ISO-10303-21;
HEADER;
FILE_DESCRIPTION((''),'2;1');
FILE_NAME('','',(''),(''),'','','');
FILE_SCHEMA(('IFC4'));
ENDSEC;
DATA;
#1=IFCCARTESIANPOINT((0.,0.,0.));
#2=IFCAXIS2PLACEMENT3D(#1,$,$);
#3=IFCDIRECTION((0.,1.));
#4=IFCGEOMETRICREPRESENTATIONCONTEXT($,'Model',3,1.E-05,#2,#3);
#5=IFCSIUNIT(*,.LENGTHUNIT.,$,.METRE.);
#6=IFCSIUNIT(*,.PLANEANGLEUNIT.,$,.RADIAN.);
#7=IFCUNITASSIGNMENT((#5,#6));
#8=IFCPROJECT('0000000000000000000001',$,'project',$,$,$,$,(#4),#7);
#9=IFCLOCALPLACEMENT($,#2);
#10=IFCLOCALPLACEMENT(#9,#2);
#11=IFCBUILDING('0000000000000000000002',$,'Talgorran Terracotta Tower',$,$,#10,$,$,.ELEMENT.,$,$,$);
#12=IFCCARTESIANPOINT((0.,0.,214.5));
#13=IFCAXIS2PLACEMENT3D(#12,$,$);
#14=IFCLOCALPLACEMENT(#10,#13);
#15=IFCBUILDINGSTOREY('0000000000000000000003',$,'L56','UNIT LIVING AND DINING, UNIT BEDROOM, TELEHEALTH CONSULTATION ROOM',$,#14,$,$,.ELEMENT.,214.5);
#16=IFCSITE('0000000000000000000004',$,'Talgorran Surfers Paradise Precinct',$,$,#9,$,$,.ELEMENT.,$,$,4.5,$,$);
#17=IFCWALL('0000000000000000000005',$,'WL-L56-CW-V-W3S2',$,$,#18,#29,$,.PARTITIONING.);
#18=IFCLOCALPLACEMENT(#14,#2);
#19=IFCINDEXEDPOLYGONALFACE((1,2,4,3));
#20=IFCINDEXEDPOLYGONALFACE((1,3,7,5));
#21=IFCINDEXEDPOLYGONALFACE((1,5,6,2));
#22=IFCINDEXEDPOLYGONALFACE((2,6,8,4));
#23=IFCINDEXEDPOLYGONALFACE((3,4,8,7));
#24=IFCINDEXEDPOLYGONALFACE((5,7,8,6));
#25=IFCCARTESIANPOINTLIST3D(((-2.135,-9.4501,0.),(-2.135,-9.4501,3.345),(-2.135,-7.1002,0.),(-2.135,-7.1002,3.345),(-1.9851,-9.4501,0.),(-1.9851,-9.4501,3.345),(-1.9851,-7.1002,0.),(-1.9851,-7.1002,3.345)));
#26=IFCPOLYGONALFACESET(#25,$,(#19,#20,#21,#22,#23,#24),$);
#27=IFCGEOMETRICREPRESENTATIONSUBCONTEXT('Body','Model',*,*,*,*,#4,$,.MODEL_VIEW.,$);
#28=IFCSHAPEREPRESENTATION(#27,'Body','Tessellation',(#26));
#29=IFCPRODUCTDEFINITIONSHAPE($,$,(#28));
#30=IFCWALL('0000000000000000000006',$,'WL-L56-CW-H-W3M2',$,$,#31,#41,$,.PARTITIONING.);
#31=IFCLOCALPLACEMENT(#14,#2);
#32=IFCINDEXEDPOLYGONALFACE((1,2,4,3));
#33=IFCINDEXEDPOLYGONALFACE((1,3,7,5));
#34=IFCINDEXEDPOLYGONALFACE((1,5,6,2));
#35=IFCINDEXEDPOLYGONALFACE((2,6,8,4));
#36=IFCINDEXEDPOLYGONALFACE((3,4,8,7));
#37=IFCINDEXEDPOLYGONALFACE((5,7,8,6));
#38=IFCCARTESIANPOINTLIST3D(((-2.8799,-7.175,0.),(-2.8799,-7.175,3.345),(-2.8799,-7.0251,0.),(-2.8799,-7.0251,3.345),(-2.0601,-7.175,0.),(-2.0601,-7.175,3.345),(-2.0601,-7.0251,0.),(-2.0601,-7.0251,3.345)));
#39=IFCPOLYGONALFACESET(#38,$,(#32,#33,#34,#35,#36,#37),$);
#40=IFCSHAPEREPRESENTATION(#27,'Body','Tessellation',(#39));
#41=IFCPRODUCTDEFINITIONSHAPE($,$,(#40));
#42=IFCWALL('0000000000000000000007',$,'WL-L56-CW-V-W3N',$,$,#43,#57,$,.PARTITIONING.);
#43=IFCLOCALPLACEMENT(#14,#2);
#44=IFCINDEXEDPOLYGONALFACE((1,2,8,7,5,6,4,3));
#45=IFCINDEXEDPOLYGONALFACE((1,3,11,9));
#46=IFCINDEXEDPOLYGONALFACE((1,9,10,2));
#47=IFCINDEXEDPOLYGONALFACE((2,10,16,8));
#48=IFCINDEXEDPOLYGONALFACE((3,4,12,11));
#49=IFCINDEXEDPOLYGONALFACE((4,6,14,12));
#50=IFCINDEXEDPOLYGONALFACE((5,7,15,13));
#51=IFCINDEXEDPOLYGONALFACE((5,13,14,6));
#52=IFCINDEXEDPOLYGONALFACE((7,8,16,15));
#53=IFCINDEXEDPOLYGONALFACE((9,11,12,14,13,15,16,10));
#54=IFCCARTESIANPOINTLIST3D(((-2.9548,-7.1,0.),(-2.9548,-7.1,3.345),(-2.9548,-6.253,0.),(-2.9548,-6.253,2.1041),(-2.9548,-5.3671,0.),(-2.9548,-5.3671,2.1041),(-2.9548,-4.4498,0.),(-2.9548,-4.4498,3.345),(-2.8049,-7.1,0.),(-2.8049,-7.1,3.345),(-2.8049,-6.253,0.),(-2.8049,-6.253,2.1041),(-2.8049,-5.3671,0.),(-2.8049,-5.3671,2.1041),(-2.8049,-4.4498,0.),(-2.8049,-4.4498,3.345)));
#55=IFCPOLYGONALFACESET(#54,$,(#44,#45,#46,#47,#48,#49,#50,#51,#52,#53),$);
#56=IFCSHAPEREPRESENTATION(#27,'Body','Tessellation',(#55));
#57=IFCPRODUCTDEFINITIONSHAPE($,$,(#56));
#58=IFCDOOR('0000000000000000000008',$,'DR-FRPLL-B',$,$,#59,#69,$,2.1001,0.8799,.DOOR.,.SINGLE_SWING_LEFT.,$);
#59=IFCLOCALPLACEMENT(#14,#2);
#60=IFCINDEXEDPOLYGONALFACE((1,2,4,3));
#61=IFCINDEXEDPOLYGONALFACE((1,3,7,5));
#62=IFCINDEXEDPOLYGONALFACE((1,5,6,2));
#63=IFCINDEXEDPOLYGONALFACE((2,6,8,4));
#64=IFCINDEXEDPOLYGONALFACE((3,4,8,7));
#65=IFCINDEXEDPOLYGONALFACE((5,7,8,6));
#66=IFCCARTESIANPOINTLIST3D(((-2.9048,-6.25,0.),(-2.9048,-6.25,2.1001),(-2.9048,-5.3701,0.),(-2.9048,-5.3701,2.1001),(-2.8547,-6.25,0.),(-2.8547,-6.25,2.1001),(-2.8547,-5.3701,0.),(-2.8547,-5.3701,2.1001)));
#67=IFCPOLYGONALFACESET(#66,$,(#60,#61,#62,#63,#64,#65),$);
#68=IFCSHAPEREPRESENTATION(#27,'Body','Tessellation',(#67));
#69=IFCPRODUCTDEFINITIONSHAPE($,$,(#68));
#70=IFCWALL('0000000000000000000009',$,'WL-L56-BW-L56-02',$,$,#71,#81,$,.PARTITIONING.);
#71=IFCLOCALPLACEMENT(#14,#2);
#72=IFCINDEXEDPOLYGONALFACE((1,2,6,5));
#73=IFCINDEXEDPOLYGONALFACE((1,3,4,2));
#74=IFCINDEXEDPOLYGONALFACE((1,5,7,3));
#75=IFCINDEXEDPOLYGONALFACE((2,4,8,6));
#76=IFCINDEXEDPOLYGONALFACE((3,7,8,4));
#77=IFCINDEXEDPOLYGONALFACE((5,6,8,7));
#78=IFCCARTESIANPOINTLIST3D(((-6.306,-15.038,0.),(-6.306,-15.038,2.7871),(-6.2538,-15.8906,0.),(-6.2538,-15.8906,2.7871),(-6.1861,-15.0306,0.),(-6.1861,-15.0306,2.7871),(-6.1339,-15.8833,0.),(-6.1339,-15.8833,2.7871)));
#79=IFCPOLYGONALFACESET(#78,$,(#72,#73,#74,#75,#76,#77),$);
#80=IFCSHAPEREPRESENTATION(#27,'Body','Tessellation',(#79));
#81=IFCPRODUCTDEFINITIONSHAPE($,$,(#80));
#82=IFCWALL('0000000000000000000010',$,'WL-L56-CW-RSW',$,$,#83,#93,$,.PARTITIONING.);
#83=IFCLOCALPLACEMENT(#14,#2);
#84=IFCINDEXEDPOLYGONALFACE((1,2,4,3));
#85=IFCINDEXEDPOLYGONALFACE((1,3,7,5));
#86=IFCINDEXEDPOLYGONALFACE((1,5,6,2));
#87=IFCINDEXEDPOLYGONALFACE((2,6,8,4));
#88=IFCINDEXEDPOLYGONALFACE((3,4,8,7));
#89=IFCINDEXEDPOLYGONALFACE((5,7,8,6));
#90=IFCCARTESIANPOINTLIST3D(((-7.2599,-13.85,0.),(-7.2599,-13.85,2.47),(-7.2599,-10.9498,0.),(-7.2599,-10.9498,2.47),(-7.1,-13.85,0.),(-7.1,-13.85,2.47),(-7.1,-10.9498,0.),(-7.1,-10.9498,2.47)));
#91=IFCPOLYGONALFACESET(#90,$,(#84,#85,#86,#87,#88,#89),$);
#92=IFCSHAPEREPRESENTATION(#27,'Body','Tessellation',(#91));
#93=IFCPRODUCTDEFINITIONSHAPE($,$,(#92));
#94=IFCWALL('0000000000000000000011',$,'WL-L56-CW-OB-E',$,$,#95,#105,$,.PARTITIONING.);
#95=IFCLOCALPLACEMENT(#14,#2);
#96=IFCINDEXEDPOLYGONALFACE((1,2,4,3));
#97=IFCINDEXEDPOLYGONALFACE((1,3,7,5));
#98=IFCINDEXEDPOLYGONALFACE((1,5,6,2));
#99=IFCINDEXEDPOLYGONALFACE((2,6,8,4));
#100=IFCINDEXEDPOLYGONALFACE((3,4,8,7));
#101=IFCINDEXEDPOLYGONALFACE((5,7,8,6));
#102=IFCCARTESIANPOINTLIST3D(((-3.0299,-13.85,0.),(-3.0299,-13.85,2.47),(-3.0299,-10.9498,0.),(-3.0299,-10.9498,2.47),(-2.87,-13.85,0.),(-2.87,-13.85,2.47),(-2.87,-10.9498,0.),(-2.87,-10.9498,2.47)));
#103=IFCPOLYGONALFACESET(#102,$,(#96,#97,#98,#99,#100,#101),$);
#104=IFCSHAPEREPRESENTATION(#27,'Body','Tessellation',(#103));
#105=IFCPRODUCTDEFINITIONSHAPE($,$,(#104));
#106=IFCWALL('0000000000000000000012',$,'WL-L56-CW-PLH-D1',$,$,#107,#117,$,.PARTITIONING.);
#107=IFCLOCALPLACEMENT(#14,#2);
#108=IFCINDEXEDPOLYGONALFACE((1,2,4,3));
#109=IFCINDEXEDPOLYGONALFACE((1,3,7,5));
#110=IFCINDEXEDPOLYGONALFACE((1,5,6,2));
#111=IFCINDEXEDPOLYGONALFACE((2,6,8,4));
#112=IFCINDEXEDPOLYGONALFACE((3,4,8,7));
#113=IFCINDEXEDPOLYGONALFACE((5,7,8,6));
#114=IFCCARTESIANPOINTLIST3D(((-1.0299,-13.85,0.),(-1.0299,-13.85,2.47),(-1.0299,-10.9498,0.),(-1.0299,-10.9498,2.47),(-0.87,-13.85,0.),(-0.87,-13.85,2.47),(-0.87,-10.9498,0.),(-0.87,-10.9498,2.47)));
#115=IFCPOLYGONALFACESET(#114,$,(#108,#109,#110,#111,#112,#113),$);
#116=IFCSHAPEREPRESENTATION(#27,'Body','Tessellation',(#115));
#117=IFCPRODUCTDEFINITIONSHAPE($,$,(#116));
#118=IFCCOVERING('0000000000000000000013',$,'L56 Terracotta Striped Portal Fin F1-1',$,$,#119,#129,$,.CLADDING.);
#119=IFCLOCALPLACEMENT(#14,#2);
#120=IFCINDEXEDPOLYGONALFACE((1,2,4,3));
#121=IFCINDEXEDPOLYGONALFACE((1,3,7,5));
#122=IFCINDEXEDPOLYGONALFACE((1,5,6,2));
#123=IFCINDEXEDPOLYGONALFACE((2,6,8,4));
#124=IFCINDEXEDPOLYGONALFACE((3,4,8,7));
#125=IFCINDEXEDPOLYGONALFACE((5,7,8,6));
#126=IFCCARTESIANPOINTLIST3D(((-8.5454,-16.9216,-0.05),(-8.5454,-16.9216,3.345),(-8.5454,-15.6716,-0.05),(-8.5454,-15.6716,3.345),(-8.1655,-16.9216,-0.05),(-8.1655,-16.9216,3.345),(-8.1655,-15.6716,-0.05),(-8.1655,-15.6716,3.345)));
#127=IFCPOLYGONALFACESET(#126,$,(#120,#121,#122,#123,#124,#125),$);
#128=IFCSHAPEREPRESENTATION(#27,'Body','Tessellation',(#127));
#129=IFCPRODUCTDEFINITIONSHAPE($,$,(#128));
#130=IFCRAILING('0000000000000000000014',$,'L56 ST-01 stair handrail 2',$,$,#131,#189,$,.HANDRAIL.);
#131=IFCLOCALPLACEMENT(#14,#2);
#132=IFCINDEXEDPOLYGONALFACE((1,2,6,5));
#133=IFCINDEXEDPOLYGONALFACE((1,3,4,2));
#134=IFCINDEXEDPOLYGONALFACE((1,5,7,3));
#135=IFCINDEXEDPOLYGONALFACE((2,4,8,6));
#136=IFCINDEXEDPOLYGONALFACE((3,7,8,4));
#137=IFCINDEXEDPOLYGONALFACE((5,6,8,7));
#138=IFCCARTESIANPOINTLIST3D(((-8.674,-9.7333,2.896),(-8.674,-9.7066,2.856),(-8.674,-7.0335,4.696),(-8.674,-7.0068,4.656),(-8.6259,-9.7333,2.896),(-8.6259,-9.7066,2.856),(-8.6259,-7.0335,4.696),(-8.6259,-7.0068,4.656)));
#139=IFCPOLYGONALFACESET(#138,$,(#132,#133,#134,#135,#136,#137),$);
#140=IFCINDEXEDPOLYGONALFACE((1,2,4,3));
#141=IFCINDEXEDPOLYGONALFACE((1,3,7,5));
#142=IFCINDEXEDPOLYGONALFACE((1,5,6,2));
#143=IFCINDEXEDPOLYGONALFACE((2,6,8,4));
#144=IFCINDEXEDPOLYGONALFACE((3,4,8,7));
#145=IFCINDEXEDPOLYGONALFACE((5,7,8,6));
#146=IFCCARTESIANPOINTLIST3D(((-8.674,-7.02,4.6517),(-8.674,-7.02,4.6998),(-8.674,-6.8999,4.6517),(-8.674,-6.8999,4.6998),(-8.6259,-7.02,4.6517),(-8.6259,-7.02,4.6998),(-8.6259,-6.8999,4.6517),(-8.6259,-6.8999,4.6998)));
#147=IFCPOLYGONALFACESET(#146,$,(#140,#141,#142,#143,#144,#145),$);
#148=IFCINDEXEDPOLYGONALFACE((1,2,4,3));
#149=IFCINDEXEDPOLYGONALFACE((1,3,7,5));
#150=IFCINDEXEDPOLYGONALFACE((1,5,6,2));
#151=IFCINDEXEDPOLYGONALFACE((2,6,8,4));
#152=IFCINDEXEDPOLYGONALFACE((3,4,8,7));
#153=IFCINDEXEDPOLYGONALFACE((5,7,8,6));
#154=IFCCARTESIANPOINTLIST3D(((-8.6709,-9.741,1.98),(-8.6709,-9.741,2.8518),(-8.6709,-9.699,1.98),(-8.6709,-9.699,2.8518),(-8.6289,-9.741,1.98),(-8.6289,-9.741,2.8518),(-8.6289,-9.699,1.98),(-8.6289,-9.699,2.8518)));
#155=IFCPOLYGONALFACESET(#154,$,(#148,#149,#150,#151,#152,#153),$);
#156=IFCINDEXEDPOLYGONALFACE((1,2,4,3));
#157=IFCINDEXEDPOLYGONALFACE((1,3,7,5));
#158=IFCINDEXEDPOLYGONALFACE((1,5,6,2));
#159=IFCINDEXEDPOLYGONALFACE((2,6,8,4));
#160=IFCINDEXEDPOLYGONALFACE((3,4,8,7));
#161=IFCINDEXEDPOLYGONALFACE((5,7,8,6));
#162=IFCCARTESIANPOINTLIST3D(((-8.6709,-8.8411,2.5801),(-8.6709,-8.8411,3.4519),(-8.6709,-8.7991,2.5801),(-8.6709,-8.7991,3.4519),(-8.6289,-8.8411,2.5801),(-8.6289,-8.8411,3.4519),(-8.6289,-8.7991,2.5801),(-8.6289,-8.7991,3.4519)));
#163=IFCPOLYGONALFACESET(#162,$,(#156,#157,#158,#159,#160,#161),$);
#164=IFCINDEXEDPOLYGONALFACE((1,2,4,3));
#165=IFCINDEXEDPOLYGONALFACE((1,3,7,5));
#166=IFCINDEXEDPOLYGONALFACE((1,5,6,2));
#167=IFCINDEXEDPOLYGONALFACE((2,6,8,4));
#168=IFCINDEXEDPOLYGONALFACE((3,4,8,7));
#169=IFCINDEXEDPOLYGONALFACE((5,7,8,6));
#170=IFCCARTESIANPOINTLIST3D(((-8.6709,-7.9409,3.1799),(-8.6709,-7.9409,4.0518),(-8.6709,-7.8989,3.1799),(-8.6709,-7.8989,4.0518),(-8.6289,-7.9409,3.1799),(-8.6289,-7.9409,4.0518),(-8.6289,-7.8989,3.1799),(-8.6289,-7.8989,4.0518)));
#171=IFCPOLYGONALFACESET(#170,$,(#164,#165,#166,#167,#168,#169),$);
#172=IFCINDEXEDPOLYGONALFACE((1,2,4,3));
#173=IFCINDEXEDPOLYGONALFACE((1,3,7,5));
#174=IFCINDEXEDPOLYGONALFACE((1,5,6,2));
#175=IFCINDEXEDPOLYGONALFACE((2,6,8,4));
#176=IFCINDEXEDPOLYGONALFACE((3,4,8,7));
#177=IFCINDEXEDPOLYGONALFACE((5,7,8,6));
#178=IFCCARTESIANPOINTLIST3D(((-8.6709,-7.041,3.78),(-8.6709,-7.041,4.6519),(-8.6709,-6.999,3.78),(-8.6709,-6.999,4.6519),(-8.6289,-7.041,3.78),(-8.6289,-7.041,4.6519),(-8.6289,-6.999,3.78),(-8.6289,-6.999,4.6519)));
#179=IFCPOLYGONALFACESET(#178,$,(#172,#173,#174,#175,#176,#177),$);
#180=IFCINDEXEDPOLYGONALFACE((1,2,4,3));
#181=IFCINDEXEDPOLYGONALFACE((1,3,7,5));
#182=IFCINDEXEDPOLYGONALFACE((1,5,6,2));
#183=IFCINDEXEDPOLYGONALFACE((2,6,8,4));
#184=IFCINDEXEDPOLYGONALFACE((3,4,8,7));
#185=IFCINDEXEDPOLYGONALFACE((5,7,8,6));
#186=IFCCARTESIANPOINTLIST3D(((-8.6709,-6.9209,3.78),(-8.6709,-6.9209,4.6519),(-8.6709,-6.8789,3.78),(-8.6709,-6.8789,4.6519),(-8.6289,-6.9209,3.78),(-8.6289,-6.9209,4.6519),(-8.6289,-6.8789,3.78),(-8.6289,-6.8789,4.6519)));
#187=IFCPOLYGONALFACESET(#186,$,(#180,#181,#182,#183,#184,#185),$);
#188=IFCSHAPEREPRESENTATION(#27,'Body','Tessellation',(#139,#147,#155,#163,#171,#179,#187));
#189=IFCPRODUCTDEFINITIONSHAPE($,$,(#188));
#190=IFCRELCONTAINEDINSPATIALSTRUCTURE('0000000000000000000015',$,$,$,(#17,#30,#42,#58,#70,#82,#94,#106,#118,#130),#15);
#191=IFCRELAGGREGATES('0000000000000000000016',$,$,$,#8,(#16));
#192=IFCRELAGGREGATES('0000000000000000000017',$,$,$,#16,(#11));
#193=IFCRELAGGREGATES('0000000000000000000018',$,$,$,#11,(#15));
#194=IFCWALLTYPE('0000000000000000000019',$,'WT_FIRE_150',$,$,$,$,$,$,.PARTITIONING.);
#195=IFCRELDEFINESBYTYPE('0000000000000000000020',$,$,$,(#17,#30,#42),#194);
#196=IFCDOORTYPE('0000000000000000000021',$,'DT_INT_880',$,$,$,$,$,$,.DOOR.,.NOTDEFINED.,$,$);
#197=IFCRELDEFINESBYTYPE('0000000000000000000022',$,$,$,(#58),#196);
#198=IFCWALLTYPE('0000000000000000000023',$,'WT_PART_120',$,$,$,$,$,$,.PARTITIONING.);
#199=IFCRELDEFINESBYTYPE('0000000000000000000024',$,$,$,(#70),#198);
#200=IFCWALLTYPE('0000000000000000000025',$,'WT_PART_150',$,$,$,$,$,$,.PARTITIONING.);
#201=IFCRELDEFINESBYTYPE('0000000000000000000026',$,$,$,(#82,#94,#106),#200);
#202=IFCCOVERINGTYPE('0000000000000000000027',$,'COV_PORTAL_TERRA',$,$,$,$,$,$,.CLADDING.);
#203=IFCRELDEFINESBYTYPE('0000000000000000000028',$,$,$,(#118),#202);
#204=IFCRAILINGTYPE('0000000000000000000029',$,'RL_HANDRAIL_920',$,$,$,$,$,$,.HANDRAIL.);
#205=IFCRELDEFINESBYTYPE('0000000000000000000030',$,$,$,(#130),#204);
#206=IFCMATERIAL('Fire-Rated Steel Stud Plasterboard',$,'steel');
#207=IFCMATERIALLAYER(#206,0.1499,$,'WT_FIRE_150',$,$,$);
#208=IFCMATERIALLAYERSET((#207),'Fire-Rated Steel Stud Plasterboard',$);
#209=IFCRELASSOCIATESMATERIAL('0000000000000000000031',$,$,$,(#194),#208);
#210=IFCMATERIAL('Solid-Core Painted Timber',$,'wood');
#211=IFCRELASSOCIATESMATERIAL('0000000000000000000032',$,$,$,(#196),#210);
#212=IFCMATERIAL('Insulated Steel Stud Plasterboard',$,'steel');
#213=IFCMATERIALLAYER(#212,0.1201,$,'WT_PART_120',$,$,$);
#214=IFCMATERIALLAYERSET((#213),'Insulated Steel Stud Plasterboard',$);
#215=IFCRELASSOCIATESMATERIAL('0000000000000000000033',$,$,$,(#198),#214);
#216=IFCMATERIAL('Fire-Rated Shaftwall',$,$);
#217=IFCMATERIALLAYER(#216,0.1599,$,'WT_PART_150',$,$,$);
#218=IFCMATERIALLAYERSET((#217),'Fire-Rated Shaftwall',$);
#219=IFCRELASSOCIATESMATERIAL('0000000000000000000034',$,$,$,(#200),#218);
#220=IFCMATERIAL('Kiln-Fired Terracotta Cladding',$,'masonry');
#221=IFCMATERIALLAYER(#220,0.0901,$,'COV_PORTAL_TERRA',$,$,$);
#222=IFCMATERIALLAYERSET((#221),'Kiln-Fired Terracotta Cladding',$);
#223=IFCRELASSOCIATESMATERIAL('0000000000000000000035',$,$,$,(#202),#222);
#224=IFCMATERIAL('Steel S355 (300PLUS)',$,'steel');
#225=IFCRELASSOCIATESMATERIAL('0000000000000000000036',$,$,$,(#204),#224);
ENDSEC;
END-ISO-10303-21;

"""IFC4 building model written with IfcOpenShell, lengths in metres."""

from ifc_helpers import new_model, si_unit, direction, frame, frame_2d, origin, origin_2d, place, context, subcontext, project, spatial, rectangle, extrude, material, layer, layer_set, type_object, element, fill, save


model = new_model("IFC4")

# Units and contexts
model_context = context("Model", 3, precision=1e-05, world=origin(), true_north=direction((0.0, 1.0)))
body_context = subcontext(model_context, "Body", "Model", "MODEL_VIEW")
ifc_project = project(units=[si_unit("LENGTHUNIT", "METRE"), si_unit("PLANEANGLEUNIT", "RADIAN")], contexts=[model_context])

# Site, building, storey
site_placement = place(None, origin())
site = spatial("IfcSite", under=ifc_project, at=site_placement, Name="Talgorran Surfers Paradise Precinct", CompositionType="ELEMENT", RefElevation=4.5)
building_placement = place(site_placement, origin())
building = spatial("IfcBuilding", under=site, at=building_placement, Name="Talgorran Terracotta Tower", CompositionType="ELEMENT")
storey_placement = place(building_placement, frame((0.0, 0.0, 214.5)))
storey = spatial("IfcBuildingStorey", under=building, at=storey_placement, Name="L56", Description="UNIT LIVING AND DINING, UNIT BEDROOM, TELEHEALTH CONSULTATION ROOM", CompositionType="ELEMENT", Elevation=214.5)

# Walls
ifc_material_1 = material(Name="Fire-Rated Steel Stud Plasterboard", Category="steel")
ifc_layer_1 = layer(ifc_material_1, 0.1499, Name="WT_FIRE_150")
ifc_layer_set_1 = layer_set([ifc_layer_1], Name="Fire-Rated Steel Stud Plasterboard")
wall_type_1 = type_object("IfcWallType", Name="WT_FIRE_150", PredefinedType="PARTITIONING", material=ifc_layer_set_1)
wall_1_placement = place(storey_placement, frame((-2.0601, -9.45, 0.0), z_axis=(0.0, 0.0, 1.0), x_axis=(0.0, 1.0, 0.0)))
element("IfcWall", 1, at=wall_1_placement, inside=storey, type_object=wall_type_1, Name="WL-L56-CW-V-W3S2", PredefinedType="PARTITIONING", context=body_context, shape_type="SweptSolid", body=[
    extrude(rectangle(XDim=2.3499, YDim=0.1499, at=frame_2d((1.1748, 0.0))), origin(), (0.0, 0.0, 1.0), 3.345),
])
wall_2_placement = place(storey_placement, frame((-2.8799, -7.1001, 0.0), z_axis=(0.0, 0.0, 1.0), x_axis=(1.0, 0.0, 0.0)))
element("IfcWall", 2, at=wall_2_placement, inside=storey, type_object=wall_type_1, Name="WL-L56-CW-H-W3M2", PredefinedType="PARTITIONING", context=body_context, shape_type="SweptSolid", body=[
    extrude(rectangle(XDim=0.8198, YDim=0.1499, at=frame_2d((0.4099, 0.0))), origin(), (0.0, 0.0, 1.0), 3.345),
])

# Wall, opening, door
wall_3_placement = place(storey_placement, frame((-2.8799, -7.1001, 0.0), z_axis=(0.0, 0.0, 1.0), x_axis=(0.0, 1.0, 0.0)))
wall_3 = element("IfcWall", 3, at=wall_3_placement, inside=storey, type_object=wall_type_1, Name="WL-L56-CW-V-W3N", PredefinedType="PARTITIONING", context=body_context, shape_type="SweptSolid", body=[
    extrude(rectangle(XDim=2.6501, YDim=0.1499, at=frame_2d((1.3252, 0.0))), origin(), (0.0, 0.0, 1.0), 3.345),
])
opening_1_placement = place(wall_3_placement, frame((0.8501, 0.0, 0.0)))
opening_1 = element("IfcOpeningElement", 4, at=opening_1_placement, cuts=wall_3, PredefinedType="OPENING", context=body_context, shape_type="SweptSolid", body=[
    extrude(rectangle(XDim=0.8859, YDim=2.1041, at=frame_2d((0.4399, 1.052))), frame((0.0, 0.085, 0.0), z_axis=(0.0, -1.0, 0.0), x_axis=(1.0, 0.0, 0.0)), (0.0, 0.0, 1.0), 0.1699),
])
ifc_material_2 = material(Name="Solid-Core Painted Timber", Category="wood")
door_type_1 = type_object("IfcDoorType", Name="DT_INT_880", OperationType="NOTDEFINED", PredefinedType="DOOR", material=ifc_material_2)
door_1_placement = place(opening_1_placement, origin())
door_1 = element("IfcDoor", 5, at=door_1_placement, inside=storey, type_object=door_type_1, Name="DR-FRPLL-B", OperationType="SINGLE_SWING_LEFT", OverallHeight=2.1001, OverallWidth=0.8799, PredefinedType="DOOR", context=body_context, shape_type="SweptSolid", body=[
    extrude(rectangle(XDim=0.8799, YDim=2.1001, at=frame_2d((0.4399, 1.05))), frame((0.0, 0.0249, 0.0), z_axis=(0.0, -1.0, 0.0), x_axis=(1.0, 0.0, 0.0)), (0.0, 0.0, 1.0), 0.05),
])
fill(opening_1, door_1)

# Walls
ifc_material_3 = material(Name="Insulated Steel Stud Plasterboard", Category="steel")
ifc_layer_2 = layer(ifc_material_3, 0.1201, Name="WT_PART_120")
ifc_layer_set_2 = layer_set([ifc_layer_2], Name="Insulated Steel Stud Plasterboard")
wall_type_2 = type_object("IfcWallType", Name="WT_PART_120", PredefinedType="PARTITIONING", material=ifc_layer_set_2)
wall_4_placement = place(storey_placement, frame((-6.2461, -15.0342, 0.0), z_axis=(0.0, 0.0, 1.0), x_axis=(0.061168, -0.998127, 0.0)))
element("IfcWall", 6, at=wall_4_placement, inside=storey, type_object=wall_type_2, Name="WL-L56-BW-L56-02", PredefinedType="PARTITIONING", context=body_context, shape_type="SweptSolid", body=[
    extrude(rectangle(XDim=0.8542, YDim=0.1201, at=frame_2d((0.4272, 0.0))), origin(), (0.0, 0.0, 1.0), 2.7871),
])
ifc_material_4 = material(Name="Fire-Rated Shaftwall")
ifc_layer_3 = layer(ifc_material_4, 0.1599, Name="WT_PART_150")
ifc_layer_set_3 = layer_set([ifc_layer_3], Name="Fire-Rated Shaftwall")
wall_type_3 = type_object("IfcWallType", Name="WT_PART_150", PredefinedType="PARTITIONING", material=ifc_layer_set_3)
for number, where, z_axis, x_axis, name in (
    (7, (-7.1799, -13.8501, 0.0), (0.0, 0.0, 1.0), (0.0, 1.0, 0.0), "WL-L56-CW-RSW"),
    (8, (-2.95, -13.8501, 0.0), (0.0, 0.0, 1.0), (0.0, 1.0, 0.0), "WL-L56-CW-OB-E"),
    (9, (-0.95, -13.8501, 0.0), (0.0, 0.0, 1.0), (0.0, 1.0, 0.0), "WL-L56-CW-PLH-D1"),
):
    element("IfcWall", number, at=place(storey_placement, frame(where, z_axis=z_axis, x_axis=x_axis)), inside=storey, type_object=wall_type_3, Name=name, PredefinedType="PARTITIONING", context=body_context, shape_type="SweptSolid", body=[
        extrude(rectangle(XDim=2.9001, YDim=0.1599, at=frame_2d((1.4502, 0.0))), origin(), (0.0, 0.0, 1.0), 2.47),
    ])

# Covering
ifc_material_5 = material(Name="Kiln-Fired Terracotta Cladding", Category="masonry")
ifc_layer_4 = layer(ifc_material_5, 0.0901, Name="COV_PORTAL_TERRA")
ifc_layer_set_4 = layer_set([ifc_layer_4], Name="Kiln-Fired Terracotta Cladding")
covering_type = type_object("IfcCoveringType", Name="COV_PORTAL_TERRA", PredefinedType="CLADDING", material=ifc_layer_set_4)
covering_placement = place(storey_placement, frame((-8.3555, -16.2966, -0.05), z_axis=(0.0, 0.0, 1.0), x_axis=(1.0, 0.0, 0.0)))
element("IfcCovering", 10, at=covering_placement, inside=storey, type_object=covering_type, Name="L56 Terracotta Striped Portal Fin F1-1", PredefinedType="CLADDING", context=body_context, shape_type="SweptSolid", body=[
    extrude(rectangle(XDim=0.3799, YDim=1.25, at=origin_2d()), origin(), (0.0, 0.0, 1.0), 3.395),
])

# Railing
ifc_material_6 = material(Name="Steel S355 (300PLUS)", Category="steel")
railing_type = type_object("IfcRailingType", Name="RL_HANDRAIL_920", PredefinedType="HANDRAIL", material=ifc_material_6)
railing_placement = place(storey_placement, frame((-8.6499, -9.72, 1.98)))
element("IfcRailing", 11, at=railing_placement, inside=storey, type_object=railing_type, Name="L56 ST-01 stair handrail 2", PredefinedType="HANDRAIL", context=body_context, shape_type="SweptSolid", body=[
    extrude(rectangle(XDim=0.0481, YDim=0.0481, at=origin_2d()), frame((0.0, 0.0, 0.896), z_axis=(0.0, 0.832039, 0.554718), x_axis=(-1.0, 0.0, 0.0)), (0.0, 0.0, 1.0), 3.2449),
    extrude(rectangle(XDim=0.0481, YDim=0.0481, at=origin_2d()), frame((0.0, 2.7, 2.6958), z_axis=(0.0, 1.0, 0.0), x_axis=(-1.0, 0.0, 0.0)), (0.0, 0.0, 1.0), 0.1201),
    extrude(rectangle(XDim=0.042, YDim=0.042, at=origin_2d()), origin(), (0.0, 0.0, 1.0), 0.8718),
    extrude(rectangle(XDim=0.042, YDim=0.042, at=origin_2d()), frame((0.0, 0.8999, 0.6001)), (0.0, 0.0, 1.0), 0.8718),
    extrude(rectangle(XDim=0.042, YDim=0.042, at=origin_2d()), frame((0.0, 1.8, 1.2)), (0.0, 0.0, 1.0), 0.8718),
    extrude(rectangle(XDim=0.042, YDim=0.042, at=origin_2d()), frame((0.0, 2.7, 1.8)), (0.0, 0.0, 1.0), 0.8718),
    extrude(rectangle(XDim=0.042, YDim=0.042, at=origin_2d()), frame((0.0, 2.8201, 1.8)), (0.0, 0.0, 1.0), 0.8718),
])

save(model, "model.ifc")
